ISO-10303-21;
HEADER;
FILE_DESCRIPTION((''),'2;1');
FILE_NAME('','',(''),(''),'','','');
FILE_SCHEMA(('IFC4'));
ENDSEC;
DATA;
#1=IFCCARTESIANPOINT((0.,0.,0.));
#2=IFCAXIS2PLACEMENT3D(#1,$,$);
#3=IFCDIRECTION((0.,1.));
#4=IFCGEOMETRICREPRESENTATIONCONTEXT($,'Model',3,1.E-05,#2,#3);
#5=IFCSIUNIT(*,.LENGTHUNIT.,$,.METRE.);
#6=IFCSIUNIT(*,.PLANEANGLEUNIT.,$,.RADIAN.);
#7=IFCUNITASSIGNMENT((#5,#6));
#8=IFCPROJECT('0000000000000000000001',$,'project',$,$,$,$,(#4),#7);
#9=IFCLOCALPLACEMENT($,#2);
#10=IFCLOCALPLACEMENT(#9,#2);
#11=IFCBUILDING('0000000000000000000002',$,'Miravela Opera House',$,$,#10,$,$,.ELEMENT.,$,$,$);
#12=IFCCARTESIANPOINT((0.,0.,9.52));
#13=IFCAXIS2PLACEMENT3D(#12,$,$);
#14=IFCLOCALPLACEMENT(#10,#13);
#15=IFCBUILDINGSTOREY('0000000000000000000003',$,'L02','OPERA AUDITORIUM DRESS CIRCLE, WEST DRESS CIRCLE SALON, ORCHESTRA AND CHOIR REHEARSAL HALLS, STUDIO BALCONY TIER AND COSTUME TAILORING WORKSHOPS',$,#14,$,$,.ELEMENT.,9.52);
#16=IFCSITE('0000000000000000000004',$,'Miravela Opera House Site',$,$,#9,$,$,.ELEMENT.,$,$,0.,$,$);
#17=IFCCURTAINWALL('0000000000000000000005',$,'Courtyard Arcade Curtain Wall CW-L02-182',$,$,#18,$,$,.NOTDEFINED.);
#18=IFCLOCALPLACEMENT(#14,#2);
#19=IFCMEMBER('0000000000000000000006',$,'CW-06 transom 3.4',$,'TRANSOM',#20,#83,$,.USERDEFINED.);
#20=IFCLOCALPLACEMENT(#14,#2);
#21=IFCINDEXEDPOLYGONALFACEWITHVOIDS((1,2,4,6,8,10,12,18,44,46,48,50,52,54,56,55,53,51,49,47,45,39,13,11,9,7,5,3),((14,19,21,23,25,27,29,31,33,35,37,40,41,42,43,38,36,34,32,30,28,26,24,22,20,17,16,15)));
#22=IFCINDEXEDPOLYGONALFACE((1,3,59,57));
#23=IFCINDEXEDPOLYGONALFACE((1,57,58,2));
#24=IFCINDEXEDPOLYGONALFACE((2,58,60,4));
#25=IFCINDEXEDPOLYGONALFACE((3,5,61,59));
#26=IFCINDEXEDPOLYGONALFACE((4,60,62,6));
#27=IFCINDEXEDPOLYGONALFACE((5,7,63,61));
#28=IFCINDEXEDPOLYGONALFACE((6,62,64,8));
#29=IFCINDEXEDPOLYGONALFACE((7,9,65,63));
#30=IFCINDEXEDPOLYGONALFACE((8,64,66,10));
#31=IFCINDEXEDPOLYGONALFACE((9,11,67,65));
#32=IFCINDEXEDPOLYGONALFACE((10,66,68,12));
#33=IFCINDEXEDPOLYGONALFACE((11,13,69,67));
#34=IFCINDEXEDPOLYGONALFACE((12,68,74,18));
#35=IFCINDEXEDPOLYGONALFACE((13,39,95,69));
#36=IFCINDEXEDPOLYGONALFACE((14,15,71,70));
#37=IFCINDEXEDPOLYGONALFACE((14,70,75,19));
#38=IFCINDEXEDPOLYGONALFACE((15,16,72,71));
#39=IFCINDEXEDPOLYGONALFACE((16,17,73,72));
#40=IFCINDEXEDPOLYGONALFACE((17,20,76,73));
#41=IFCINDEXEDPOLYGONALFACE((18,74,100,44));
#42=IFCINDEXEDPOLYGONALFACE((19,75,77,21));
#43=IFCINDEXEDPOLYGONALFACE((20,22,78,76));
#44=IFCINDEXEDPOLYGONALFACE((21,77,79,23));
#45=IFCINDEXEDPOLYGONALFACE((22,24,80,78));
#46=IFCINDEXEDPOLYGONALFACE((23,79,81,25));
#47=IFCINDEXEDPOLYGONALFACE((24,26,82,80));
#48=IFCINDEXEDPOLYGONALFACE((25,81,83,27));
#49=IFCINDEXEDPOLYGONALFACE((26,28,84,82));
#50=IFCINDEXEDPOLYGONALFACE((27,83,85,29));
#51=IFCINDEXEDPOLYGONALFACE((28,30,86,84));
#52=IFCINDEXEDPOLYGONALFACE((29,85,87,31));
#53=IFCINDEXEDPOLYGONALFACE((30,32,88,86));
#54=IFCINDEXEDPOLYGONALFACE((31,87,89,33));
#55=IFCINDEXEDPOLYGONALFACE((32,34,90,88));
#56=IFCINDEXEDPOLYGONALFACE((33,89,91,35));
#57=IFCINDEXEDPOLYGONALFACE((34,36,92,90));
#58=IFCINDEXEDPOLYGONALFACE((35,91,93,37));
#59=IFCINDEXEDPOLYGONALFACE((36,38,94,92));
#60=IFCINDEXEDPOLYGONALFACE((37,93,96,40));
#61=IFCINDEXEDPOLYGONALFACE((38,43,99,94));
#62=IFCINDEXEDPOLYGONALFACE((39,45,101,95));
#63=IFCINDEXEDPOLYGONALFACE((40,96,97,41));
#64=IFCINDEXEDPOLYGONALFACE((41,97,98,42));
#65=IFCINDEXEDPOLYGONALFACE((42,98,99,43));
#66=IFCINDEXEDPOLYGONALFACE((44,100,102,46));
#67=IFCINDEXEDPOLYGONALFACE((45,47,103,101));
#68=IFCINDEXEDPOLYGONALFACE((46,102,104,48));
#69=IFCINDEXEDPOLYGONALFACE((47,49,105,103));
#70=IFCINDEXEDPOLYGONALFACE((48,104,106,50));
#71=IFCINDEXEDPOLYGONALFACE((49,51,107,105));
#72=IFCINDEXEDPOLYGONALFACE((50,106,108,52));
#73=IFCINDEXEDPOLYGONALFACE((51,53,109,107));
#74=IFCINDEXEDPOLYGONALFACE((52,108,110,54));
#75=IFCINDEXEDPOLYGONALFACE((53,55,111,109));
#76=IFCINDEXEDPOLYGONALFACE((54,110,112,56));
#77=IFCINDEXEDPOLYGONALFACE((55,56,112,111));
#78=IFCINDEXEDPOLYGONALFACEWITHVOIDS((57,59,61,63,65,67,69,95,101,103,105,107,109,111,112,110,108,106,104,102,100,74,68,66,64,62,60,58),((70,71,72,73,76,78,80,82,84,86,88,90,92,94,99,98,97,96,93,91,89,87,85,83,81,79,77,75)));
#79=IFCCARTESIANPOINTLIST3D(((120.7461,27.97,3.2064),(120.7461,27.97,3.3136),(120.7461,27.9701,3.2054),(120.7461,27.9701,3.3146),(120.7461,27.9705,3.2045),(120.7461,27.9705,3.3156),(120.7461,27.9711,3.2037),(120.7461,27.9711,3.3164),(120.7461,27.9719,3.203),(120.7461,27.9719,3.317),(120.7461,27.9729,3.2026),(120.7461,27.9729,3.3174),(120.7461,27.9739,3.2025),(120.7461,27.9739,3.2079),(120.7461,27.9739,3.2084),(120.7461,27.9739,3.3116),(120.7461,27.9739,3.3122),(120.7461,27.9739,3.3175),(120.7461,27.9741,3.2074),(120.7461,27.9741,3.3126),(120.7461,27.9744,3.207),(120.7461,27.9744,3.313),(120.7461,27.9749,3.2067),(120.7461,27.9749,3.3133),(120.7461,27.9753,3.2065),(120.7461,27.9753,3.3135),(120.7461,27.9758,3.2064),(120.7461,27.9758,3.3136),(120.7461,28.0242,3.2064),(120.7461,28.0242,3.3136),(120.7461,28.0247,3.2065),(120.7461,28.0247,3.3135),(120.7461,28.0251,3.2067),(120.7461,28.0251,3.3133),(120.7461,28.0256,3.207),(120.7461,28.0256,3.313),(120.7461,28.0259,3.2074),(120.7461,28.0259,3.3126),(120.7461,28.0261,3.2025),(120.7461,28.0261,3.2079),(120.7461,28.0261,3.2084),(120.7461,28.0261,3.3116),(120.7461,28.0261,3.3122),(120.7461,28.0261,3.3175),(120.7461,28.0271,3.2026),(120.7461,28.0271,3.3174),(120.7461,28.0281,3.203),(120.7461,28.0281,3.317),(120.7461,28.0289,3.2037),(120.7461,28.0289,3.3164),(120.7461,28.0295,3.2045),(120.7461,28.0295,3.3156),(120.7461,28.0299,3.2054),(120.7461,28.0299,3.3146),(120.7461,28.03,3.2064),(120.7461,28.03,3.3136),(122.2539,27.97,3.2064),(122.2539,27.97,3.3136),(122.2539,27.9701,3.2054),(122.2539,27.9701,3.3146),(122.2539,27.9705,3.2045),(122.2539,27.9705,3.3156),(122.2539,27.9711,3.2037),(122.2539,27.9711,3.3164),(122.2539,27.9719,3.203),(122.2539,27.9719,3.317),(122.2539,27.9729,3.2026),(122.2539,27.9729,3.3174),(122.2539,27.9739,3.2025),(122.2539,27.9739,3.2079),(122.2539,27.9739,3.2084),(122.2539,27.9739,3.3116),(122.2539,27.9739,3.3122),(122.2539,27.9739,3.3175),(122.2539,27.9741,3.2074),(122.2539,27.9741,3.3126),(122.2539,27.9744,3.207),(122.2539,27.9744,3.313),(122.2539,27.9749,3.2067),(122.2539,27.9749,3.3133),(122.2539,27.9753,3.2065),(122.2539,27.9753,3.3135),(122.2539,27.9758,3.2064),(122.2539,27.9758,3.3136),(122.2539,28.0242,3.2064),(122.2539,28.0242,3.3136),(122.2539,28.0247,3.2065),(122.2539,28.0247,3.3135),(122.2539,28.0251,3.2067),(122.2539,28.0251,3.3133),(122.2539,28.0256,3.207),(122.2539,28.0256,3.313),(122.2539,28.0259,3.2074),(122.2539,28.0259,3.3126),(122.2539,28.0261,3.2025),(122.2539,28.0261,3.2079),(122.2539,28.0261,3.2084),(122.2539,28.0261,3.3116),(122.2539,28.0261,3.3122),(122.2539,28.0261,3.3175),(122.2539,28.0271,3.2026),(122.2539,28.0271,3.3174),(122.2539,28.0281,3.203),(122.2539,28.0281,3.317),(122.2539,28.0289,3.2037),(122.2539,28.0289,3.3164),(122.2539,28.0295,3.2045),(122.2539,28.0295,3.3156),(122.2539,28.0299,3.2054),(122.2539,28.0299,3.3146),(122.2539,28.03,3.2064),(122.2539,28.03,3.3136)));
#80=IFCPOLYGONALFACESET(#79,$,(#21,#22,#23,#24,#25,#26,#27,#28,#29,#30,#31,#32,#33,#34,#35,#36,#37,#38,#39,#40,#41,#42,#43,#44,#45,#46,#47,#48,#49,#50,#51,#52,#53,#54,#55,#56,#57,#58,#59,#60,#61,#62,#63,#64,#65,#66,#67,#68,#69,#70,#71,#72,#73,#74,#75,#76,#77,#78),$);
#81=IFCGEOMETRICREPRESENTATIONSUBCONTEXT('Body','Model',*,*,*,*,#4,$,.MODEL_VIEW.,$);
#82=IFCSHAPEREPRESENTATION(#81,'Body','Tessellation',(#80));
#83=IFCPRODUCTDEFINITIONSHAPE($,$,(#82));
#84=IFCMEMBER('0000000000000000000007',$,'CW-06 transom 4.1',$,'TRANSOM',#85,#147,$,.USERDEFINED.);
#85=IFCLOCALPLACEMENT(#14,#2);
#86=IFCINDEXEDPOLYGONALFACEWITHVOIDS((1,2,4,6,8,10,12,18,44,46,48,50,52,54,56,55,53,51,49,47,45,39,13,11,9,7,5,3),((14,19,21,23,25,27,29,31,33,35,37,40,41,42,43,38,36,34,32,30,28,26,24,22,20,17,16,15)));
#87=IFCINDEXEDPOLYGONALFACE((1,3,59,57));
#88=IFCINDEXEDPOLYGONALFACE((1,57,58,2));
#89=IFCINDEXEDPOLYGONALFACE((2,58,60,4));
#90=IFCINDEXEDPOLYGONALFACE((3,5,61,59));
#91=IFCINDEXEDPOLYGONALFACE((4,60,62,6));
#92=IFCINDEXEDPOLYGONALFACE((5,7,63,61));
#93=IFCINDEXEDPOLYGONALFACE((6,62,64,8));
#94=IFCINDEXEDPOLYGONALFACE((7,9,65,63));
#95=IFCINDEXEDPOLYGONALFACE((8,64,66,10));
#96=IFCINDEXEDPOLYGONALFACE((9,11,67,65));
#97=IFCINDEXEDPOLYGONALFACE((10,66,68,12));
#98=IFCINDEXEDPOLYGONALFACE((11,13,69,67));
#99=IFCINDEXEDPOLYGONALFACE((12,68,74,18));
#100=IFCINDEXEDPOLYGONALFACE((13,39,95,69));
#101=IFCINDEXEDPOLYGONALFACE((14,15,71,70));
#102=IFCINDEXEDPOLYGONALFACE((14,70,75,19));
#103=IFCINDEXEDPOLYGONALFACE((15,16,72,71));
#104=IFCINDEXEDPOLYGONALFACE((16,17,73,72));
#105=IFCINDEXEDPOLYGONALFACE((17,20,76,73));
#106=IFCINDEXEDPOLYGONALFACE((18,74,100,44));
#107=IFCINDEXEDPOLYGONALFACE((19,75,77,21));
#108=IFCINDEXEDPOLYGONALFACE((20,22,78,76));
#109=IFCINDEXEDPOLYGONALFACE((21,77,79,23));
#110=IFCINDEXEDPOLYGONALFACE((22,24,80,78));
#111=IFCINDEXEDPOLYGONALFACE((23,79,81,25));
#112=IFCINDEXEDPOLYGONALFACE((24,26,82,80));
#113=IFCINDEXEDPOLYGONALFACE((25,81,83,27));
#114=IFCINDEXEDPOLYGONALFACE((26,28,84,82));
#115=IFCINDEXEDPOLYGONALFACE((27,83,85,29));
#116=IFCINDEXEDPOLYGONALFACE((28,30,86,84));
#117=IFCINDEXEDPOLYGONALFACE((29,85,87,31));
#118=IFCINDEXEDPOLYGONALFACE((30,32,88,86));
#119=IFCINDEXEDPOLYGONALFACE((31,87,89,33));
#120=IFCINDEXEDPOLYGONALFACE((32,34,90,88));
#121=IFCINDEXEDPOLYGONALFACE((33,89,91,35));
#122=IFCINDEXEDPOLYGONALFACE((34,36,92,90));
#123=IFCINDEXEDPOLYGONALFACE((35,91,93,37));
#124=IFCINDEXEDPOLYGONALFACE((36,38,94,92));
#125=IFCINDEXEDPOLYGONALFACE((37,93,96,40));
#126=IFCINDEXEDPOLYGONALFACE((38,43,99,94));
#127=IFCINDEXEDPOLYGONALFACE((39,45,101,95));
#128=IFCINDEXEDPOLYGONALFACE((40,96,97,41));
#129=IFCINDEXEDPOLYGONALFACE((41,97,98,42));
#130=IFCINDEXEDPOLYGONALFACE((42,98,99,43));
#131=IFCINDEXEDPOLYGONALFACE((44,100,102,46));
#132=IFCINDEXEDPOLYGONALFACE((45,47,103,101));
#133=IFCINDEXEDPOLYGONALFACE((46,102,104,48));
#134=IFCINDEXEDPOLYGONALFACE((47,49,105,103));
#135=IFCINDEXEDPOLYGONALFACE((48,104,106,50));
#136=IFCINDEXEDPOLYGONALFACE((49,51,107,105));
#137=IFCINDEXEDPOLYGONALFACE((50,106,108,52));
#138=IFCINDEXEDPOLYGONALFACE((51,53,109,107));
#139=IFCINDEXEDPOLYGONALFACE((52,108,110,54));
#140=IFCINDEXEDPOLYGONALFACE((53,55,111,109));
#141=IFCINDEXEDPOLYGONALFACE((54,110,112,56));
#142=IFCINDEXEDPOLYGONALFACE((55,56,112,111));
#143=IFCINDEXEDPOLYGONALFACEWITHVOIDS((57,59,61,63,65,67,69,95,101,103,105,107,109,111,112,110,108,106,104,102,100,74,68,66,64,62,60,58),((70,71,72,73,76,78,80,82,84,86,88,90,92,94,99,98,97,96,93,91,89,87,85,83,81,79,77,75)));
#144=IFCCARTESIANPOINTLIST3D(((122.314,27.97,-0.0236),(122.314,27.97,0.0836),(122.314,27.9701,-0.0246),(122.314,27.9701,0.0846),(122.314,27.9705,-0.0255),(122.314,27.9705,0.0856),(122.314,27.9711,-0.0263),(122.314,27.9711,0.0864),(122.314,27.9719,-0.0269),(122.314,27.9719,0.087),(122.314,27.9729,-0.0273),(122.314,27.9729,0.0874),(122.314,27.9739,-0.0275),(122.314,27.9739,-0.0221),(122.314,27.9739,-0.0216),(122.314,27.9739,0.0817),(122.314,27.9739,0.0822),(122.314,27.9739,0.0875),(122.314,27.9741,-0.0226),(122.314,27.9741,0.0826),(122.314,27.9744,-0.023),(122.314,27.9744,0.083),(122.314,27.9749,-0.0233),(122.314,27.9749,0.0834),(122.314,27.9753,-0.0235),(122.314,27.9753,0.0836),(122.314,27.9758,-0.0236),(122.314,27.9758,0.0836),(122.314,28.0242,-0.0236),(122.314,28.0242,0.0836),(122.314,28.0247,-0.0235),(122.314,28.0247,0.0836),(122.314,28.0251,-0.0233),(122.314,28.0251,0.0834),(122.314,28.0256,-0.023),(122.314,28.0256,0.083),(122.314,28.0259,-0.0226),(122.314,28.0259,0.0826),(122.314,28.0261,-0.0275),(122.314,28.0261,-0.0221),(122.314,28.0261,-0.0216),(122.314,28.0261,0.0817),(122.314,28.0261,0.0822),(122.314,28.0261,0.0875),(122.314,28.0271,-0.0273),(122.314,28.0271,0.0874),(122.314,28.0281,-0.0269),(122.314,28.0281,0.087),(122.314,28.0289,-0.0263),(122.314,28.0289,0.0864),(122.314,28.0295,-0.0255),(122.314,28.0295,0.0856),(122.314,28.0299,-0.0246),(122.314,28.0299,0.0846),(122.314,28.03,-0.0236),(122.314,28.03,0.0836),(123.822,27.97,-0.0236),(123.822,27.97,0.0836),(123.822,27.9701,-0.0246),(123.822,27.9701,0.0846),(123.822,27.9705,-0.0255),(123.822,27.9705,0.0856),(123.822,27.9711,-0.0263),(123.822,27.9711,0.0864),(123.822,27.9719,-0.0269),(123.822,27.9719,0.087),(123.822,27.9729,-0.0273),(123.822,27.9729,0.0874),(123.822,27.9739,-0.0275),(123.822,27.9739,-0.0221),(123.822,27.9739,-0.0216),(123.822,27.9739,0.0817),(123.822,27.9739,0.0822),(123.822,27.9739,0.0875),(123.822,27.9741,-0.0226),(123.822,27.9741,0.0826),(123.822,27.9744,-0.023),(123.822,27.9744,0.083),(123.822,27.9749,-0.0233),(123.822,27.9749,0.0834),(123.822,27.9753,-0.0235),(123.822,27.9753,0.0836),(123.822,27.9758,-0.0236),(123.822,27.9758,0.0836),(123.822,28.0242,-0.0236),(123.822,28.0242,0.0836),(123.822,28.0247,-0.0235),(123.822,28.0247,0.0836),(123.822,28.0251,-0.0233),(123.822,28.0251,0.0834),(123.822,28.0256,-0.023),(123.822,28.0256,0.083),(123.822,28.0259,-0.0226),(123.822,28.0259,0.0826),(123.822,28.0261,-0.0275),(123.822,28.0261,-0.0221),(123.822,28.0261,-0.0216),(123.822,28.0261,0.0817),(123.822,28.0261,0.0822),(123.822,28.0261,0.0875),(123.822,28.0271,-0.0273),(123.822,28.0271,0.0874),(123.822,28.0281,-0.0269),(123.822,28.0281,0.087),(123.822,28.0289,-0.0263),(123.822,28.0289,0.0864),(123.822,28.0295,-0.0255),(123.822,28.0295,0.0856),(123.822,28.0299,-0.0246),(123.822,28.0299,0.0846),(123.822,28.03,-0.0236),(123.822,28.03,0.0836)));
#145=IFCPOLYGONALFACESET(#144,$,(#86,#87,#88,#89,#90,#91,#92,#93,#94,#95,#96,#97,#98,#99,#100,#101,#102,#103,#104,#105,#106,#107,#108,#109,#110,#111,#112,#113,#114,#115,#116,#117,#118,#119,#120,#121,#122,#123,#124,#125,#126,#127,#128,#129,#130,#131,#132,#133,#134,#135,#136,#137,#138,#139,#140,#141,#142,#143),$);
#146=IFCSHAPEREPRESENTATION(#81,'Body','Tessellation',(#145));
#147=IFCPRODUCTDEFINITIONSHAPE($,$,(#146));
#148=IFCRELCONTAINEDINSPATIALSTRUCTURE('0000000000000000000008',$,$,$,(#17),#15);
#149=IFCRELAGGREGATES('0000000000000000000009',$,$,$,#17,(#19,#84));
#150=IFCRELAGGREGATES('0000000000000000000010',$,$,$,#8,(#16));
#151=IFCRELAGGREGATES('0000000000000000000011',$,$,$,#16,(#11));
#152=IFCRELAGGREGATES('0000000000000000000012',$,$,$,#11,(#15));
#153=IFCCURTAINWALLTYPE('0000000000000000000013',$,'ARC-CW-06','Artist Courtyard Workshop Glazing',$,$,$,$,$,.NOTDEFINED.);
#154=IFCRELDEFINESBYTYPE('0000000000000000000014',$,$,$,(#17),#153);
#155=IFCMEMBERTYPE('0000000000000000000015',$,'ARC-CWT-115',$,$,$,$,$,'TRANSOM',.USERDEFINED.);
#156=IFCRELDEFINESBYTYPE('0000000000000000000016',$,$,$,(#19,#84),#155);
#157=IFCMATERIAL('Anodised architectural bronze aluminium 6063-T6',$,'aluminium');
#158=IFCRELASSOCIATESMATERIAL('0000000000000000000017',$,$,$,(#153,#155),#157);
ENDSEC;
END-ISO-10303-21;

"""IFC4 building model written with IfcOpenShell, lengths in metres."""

from ifc_helpers import new_model, si_unit, direction, frame, origin, origin_2d, place, context, subcontext, project, spatial, hollow_rectangle, extrude, material, material_profile, profile_set, type_object, element, aggregate, save


model = new_model("IFC4")

# Units and contexts
model_context = context("Model", 3, precision=1e-05, world=origin(), true_north=direction((0.0, 1.0)))
body_context = subcontext(model_context, "Body", "Model", "MODEL_VIEW")
ifc_project = project(units=[si_unit("LENGTHUNIT", "METRE"), si_unit("PLANEANGLEUNIT", "RADIAN")], contexts=[model_context])

# Site, building, storey
site_placement = place(None, origin())
site = spatial("IfcSite", under=ifc_project, at=site_placement, Name="Miravela Opera House Site", CompositionType="ELEMENT", RefElevation=0.0)
building_placement = place(site_placement, origin())
building = spatial("IfcBuilding", under=site, at=building_placement, Name="Miravela Opera House", CompositionType="ELEMENT")
storey_placement = place(building_placement, frame((0.0, 0.0, 9.52)))
storey = spatial("IfcBuildingStorey", under=building, at=storey_placement, Name="L02", Description="OPERA AUDITORIUM DRESS CIRCLE, WEST DRESS CIRCLE SALON, ORCHESTRA AND CHOIR REHEARSAL HALLS, STUDIO BALCONY TIER AND COSTUME TAILORING WORKSHOPS", CompositionType="ELEMENT", Elevation=9.52)

# Curtain wall, members
ifc_material_1 = material(Name="Anodised architectural bronze aluminium 6063-T6", Category="aluminium")
curtain_wall_type = type_object("IfcCurtainWallType", Name="ARC-CW-06", Description="Artist Courtyard Workshop Glazing", PredefinedType="NOTDEFINED", material=ifc_material_1)
curtain_wall_placement = place(storey_placement, origin())
curtain_wall = element("IfcCurtainWall", 1, at=curtain_wall_placement, inside=storey, type_object=curtain_wall_type, Name="Courtyard Arcade Curtain Wall CW-L02-182", PredefinedType="NOTDEFINED")
ifc_material_profile_1 = material_profile(ifc_material_1, hollow_rectangle(XDim=0.0601, YDim=0.115, WallThickness=0.0039, InnerFilletRadius=0.002, OuterFilletRadius=0.0039, at=origin_2d()), Name="CWT-60X115")
ifc_profile_set_1 = profile_set([ifc_material_profile_1])
member_type_1 = type_object("IfcMemberType", Name="ARC-CWT-115", ElementType="TRANSOM", PredefinedType="USERDEFINED", material=ifc_profile_set_1)
member_1_placement = place(storey_placement, frame((120.7461, 28.0, 3.26), z_axis=(1.0, 0.0, 0.0), x_axis=(0.0, 1.0, 0.0)))
member_1 = element("IfcMember", 2, at=member_1_placement, type_object=member_type_1, Name="CW-06 transom 3.4", ObjectType="TRANSOM", PredefinedType="USERDEFINED", context=body_context, shape_type="SweptSolid", body=[
    extrude(hollow_rectangle(XDim=0.0601, YDim=0.115, WallThickness=0.0039, InnerFilletRadius=0.002, OuterFilletRadius=0.0039, at=origin_2d()), origin(), (0.0, 0.0, 1.0), 1.5078),
])
member_2_placement = place(storey_placement, frame((122.314, 28.0, 0.03), z_axis=(1.0, 0.0, 0.0), x_axis=(0.0, 1.0, 0.0)))
member_2 = element("IfcMember", 3, at=member_2_placement, type_object=member_type_1, Name="CW-06 transom 4.1", ObjectType="TRANSOM", PredefinedType="USERDEFINED", context=body_context, shape_type="SweptSolid", body=[
    extrude(hollow_rectangle(XDim=0.0601, YDim=0.115, WallThickness=0.0039, InnerFilletRadius=0.002, OuterFilletRadius=0.0039, at=origin_2d()), origin(), (0.0, 0.0, 1.0), 1.5081),
])
aggregate(curtain_wall, [member_1, member_2])

save(model, "model.ifc")
